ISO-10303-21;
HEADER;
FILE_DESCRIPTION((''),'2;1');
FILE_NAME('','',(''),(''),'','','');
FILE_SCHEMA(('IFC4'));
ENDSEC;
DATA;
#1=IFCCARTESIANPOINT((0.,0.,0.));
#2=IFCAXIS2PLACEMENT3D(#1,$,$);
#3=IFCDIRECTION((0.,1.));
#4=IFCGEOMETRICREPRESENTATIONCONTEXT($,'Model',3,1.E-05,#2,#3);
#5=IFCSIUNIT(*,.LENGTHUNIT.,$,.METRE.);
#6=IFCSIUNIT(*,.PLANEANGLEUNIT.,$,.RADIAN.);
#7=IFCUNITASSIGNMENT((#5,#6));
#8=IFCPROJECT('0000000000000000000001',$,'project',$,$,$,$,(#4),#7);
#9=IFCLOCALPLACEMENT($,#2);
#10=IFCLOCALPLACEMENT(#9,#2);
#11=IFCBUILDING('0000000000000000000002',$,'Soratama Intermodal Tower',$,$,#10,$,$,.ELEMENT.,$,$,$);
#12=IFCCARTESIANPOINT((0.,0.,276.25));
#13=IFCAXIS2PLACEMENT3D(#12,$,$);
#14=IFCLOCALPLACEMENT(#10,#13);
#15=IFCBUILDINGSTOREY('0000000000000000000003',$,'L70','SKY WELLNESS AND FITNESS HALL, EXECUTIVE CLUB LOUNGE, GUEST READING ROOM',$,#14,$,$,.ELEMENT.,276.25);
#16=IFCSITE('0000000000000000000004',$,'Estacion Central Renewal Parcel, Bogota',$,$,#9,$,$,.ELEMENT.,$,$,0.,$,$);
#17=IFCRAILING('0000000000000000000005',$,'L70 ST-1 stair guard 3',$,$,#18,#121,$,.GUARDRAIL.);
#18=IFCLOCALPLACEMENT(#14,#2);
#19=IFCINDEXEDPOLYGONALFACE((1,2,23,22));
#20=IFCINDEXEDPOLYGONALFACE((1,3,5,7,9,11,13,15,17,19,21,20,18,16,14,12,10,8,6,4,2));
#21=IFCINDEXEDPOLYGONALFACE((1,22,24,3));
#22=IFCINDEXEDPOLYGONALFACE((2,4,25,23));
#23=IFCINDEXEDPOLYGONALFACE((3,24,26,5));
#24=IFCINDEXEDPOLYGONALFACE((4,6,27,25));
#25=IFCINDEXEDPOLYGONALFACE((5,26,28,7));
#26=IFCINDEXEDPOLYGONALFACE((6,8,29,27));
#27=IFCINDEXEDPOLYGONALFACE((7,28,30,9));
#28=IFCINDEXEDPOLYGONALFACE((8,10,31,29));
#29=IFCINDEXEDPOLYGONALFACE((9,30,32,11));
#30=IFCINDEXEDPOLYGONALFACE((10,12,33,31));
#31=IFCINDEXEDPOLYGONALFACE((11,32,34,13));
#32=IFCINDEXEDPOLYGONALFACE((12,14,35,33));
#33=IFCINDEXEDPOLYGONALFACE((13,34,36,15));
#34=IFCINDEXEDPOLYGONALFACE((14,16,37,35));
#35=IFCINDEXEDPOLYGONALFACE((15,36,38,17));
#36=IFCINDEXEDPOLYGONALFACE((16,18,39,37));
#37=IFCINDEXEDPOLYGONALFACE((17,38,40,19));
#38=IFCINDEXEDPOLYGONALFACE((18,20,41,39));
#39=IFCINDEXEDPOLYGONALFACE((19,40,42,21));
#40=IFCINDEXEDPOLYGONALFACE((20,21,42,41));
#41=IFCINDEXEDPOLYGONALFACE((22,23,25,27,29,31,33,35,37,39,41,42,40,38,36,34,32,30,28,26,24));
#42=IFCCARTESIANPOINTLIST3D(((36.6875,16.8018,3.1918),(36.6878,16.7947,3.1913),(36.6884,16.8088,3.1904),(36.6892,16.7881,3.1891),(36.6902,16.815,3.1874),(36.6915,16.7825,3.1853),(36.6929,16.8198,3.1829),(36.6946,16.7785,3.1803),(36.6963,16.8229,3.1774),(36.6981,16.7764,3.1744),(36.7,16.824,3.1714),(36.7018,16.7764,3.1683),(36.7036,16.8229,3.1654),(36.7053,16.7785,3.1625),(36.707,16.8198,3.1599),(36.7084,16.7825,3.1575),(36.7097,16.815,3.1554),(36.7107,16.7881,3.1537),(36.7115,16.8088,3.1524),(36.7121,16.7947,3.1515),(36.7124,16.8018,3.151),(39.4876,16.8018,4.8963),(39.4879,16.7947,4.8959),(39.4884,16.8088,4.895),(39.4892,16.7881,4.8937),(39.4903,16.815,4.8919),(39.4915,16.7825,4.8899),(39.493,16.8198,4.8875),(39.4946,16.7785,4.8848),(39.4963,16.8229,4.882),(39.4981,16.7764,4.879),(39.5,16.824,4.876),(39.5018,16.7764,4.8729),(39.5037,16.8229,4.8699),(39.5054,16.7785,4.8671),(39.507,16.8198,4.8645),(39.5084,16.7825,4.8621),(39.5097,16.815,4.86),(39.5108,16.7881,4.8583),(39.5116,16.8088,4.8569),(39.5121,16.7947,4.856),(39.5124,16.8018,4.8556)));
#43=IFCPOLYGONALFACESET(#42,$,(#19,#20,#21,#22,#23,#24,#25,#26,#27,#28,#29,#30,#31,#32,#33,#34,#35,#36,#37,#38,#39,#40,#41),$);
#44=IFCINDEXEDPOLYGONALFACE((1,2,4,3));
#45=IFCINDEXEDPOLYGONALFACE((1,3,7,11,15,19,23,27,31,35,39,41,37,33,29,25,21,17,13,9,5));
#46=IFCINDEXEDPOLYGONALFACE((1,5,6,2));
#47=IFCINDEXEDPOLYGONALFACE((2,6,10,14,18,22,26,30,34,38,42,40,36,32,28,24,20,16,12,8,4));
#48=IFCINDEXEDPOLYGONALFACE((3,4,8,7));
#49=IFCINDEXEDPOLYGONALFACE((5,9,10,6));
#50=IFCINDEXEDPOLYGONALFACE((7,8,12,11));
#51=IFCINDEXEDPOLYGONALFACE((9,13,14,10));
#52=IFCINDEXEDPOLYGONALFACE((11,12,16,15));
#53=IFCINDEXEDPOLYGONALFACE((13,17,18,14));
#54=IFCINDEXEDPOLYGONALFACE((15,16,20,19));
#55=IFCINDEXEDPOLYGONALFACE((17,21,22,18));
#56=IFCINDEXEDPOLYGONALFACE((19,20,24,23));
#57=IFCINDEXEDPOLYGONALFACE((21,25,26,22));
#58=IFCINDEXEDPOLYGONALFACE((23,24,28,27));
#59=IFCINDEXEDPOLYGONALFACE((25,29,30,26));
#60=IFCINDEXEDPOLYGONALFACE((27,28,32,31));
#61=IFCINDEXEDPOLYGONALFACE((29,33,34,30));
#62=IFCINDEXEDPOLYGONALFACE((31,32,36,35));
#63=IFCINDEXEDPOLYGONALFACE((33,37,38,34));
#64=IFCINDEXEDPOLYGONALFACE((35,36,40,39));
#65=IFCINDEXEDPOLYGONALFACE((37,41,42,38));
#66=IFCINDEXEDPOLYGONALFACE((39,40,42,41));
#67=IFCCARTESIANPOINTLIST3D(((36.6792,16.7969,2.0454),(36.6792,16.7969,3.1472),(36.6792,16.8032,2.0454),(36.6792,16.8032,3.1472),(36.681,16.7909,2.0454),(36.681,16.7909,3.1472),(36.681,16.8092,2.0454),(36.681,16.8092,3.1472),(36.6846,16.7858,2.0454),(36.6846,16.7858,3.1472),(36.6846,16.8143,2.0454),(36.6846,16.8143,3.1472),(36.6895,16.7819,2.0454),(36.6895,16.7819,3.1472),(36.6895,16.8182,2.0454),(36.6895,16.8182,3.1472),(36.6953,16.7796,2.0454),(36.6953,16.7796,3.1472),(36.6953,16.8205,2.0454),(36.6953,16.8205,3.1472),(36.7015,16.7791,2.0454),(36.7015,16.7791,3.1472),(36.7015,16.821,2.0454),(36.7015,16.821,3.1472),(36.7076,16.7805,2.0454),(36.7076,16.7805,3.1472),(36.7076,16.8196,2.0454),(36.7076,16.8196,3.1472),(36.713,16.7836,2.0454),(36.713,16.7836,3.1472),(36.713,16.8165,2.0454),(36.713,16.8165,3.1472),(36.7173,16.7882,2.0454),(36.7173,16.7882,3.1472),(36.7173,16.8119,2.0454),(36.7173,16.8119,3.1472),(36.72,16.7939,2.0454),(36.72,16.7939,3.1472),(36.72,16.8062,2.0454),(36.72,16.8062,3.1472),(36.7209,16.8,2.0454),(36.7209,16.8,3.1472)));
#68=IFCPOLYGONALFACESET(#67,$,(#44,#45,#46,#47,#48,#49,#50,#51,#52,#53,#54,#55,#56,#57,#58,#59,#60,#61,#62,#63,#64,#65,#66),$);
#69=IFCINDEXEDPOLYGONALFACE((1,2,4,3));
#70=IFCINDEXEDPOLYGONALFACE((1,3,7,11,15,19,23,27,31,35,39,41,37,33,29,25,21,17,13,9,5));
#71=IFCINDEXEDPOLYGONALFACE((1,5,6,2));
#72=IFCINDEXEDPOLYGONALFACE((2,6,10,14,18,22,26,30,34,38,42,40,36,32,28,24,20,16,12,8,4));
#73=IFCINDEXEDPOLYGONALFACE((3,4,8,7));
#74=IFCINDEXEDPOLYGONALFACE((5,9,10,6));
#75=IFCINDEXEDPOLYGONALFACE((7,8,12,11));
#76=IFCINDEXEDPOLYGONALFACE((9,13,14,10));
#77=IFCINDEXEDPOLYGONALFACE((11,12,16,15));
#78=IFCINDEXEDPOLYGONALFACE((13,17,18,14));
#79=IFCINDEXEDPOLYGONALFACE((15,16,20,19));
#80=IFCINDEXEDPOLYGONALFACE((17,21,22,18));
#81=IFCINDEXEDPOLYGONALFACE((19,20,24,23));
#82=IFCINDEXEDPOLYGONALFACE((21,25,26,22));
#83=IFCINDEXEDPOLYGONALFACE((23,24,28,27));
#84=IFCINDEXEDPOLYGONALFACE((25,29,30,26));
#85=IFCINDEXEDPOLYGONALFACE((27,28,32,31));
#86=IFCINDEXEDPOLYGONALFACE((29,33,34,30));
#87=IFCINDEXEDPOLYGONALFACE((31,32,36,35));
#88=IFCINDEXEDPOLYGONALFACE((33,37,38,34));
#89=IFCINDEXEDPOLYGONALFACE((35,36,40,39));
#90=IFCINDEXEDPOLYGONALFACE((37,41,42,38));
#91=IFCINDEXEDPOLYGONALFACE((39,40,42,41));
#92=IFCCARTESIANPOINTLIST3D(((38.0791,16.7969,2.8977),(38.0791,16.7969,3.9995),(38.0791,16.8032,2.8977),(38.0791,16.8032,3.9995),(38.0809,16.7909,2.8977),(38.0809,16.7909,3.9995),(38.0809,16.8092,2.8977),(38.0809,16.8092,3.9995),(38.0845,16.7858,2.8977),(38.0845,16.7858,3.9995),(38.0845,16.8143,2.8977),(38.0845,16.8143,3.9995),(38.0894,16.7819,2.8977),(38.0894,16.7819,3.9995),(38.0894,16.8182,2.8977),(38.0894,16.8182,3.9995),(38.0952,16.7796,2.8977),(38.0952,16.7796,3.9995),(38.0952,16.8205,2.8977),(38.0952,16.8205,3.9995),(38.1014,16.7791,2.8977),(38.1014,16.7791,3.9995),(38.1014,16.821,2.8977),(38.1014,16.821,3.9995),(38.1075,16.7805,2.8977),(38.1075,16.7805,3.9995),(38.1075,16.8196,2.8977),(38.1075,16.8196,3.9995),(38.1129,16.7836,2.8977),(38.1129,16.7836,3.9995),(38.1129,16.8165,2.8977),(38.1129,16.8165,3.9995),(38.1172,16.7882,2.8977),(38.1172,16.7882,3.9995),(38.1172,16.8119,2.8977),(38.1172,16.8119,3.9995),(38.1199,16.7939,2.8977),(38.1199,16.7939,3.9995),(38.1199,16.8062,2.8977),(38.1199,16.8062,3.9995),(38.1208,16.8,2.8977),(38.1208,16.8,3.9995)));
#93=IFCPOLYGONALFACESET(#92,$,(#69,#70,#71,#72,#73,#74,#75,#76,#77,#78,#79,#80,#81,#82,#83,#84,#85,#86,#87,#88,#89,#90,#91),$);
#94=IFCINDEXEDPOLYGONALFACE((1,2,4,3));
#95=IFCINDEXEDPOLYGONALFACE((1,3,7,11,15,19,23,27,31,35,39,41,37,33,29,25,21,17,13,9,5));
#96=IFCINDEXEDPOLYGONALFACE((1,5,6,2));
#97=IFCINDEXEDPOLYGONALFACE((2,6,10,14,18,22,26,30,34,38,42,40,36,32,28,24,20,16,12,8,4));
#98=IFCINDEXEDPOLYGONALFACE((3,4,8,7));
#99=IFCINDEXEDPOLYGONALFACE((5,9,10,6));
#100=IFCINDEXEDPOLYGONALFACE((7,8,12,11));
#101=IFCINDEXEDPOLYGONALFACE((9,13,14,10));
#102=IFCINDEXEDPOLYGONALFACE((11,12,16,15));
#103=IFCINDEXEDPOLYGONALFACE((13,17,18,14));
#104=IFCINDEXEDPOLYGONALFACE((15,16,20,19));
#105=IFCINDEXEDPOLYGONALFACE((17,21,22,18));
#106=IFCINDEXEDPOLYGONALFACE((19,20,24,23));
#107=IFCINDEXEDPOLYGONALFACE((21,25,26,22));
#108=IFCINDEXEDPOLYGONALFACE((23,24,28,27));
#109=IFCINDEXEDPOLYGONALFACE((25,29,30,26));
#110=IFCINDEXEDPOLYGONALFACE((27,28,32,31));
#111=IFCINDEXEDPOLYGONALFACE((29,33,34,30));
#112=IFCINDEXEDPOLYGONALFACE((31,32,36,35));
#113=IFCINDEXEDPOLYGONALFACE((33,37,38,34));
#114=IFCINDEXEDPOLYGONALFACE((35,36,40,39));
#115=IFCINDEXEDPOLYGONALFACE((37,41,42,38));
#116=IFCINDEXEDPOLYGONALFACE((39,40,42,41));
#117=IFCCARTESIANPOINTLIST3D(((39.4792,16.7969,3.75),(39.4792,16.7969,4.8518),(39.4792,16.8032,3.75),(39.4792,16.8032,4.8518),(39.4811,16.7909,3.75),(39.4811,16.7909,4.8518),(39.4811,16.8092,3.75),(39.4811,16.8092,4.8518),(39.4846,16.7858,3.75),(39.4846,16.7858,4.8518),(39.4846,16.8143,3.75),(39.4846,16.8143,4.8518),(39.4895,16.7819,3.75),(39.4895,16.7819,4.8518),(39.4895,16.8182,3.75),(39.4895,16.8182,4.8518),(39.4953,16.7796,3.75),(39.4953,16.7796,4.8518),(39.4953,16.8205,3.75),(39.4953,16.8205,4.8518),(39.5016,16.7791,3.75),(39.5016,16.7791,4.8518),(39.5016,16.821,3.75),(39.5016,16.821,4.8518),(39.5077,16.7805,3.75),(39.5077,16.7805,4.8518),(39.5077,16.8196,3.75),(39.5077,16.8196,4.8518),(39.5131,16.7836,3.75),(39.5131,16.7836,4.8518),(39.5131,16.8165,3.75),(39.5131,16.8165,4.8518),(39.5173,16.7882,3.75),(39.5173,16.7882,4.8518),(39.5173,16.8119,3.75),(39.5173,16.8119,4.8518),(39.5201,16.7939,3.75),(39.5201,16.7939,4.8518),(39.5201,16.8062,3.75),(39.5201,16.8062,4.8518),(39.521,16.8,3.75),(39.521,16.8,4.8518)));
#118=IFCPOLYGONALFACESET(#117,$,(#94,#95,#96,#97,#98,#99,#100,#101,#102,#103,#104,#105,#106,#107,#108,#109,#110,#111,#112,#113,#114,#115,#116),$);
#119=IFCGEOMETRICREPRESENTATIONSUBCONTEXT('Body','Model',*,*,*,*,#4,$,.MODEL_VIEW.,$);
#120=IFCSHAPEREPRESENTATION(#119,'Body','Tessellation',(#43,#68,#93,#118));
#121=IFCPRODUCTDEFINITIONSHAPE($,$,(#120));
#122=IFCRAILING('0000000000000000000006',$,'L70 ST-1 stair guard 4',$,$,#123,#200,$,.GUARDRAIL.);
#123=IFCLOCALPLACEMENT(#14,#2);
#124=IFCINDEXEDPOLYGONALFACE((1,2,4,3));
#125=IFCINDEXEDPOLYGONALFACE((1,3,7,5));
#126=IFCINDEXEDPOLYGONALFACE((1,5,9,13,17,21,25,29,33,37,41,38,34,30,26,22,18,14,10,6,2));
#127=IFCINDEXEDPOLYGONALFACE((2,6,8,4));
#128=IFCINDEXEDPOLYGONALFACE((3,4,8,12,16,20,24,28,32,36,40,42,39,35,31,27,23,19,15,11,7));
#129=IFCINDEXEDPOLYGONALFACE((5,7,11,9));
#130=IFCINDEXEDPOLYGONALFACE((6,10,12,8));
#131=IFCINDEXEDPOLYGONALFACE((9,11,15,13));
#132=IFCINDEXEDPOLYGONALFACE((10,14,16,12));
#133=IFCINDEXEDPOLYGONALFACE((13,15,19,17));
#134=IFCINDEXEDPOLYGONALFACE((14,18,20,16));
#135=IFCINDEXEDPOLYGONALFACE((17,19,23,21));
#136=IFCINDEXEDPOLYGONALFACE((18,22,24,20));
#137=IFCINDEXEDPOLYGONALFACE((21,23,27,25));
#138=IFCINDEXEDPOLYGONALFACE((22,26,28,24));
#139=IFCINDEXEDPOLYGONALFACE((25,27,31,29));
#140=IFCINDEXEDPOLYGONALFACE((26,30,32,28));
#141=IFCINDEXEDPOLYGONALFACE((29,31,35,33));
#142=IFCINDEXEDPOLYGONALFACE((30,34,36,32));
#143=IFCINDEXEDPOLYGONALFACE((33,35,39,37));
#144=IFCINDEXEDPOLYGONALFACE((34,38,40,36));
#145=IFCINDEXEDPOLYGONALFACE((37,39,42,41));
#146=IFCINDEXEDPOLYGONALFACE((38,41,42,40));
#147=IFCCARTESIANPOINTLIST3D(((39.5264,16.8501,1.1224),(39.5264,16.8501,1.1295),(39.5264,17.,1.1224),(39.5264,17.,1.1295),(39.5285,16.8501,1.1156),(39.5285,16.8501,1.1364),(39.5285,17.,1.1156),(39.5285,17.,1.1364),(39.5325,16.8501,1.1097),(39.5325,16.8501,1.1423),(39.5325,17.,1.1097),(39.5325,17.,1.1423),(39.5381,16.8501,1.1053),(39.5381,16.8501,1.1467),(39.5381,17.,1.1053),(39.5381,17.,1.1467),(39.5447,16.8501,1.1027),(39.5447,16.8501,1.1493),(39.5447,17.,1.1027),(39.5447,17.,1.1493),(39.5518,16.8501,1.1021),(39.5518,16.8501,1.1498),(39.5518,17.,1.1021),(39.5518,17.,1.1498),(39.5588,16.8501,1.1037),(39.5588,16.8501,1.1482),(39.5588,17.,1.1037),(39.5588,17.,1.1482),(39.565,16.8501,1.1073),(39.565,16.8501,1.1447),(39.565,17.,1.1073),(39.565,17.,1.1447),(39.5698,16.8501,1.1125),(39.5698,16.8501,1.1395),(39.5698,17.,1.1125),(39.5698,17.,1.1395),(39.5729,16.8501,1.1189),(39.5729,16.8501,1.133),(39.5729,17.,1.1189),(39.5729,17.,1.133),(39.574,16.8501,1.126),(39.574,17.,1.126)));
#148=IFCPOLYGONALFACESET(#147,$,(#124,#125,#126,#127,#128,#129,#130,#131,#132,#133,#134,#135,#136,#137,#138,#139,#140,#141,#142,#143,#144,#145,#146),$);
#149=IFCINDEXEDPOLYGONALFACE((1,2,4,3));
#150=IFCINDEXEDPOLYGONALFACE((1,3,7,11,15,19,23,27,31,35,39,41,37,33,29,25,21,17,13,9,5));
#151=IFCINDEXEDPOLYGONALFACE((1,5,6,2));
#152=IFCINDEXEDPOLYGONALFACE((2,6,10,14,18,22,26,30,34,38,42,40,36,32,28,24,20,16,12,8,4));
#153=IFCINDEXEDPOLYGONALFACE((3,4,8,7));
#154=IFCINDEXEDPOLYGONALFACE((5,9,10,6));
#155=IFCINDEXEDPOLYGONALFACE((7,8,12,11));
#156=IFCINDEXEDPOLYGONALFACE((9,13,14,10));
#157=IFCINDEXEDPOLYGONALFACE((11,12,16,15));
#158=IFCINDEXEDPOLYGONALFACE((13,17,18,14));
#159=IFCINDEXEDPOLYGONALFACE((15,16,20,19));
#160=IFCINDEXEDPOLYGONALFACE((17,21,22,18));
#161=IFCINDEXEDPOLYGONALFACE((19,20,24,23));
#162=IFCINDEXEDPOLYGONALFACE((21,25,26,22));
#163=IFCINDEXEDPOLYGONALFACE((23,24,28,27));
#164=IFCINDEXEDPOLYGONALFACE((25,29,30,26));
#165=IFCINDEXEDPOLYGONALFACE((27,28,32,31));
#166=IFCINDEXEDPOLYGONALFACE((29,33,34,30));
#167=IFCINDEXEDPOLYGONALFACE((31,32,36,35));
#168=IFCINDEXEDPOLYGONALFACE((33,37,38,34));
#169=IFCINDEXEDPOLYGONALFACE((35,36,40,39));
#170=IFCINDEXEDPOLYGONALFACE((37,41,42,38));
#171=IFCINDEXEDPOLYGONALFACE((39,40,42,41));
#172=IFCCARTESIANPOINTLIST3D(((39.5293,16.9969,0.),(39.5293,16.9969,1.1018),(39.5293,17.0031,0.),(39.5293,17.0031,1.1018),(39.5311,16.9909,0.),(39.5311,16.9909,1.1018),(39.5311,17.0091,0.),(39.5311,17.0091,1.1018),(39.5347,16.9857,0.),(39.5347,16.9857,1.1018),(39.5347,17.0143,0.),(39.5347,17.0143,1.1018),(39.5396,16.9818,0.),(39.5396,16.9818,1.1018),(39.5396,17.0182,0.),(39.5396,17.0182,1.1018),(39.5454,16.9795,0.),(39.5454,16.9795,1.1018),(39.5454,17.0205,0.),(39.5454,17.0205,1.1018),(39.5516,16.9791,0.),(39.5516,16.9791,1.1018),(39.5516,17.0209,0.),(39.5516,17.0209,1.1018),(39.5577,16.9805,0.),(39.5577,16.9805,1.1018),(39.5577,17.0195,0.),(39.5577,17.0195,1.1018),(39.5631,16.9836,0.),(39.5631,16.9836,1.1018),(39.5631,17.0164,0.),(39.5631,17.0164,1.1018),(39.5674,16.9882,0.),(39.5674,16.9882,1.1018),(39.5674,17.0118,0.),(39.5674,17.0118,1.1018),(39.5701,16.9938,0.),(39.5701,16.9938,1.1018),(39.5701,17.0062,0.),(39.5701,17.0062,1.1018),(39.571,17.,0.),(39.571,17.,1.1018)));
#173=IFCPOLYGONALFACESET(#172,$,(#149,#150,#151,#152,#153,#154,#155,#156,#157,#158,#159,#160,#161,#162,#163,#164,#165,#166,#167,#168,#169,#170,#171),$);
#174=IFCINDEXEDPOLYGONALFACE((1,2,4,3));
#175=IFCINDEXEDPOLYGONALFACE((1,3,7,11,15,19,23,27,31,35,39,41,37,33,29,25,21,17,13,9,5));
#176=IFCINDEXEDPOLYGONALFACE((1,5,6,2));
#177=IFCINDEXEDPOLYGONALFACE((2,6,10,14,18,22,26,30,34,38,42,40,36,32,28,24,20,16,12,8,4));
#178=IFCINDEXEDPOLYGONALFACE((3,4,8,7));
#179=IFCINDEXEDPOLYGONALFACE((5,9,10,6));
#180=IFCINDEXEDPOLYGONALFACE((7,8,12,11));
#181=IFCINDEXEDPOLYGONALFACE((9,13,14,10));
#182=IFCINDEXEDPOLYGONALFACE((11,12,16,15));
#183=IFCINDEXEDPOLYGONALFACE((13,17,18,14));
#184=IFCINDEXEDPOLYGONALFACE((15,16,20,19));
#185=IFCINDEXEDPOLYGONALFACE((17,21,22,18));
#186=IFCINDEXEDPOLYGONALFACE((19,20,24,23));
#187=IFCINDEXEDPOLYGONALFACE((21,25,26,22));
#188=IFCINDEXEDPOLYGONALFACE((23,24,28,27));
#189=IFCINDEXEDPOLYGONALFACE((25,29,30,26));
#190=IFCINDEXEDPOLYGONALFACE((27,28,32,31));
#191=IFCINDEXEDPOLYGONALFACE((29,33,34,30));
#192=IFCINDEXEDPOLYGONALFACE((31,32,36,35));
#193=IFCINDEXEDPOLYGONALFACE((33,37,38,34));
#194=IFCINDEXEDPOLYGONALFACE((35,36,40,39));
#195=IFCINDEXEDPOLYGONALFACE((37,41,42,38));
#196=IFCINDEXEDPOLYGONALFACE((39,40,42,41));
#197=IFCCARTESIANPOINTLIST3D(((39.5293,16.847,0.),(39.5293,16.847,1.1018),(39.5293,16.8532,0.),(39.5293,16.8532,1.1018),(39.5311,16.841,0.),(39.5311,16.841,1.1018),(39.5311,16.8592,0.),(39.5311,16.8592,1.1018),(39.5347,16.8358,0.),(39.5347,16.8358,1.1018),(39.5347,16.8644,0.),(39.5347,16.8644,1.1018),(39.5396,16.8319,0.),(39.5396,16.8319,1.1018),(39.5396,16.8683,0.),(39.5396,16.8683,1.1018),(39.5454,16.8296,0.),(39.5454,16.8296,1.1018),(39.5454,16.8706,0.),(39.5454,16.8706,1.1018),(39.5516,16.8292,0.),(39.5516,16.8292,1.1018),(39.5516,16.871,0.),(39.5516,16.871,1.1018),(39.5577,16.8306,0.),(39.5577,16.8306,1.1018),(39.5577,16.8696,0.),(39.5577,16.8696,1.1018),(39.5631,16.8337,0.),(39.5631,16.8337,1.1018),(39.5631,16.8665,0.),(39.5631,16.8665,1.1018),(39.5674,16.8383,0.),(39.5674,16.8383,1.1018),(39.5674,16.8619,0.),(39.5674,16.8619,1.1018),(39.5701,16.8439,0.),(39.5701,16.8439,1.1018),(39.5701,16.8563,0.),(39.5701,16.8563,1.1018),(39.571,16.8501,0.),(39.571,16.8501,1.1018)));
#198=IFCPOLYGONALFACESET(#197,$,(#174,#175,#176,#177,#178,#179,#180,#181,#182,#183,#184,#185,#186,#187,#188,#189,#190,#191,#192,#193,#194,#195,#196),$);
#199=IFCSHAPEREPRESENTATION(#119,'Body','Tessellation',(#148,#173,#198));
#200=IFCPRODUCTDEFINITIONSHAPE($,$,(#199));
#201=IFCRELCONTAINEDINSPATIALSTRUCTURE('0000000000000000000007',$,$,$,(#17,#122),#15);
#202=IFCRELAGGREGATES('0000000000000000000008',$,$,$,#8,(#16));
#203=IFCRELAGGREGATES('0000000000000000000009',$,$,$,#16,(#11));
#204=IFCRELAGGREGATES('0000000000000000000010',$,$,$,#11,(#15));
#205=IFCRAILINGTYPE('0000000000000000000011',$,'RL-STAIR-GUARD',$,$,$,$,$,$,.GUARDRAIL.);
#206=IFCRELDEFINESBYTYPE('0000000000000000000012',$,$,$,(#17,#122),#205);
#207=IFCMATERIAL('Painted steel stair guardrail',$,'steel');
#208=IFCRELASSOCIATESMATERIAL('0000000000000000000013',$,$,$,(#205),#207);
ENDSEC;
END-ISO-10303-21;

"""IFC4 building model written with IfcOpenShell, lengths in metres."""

from ifc_helpers import new_model, si_unit, direction, frame, origin, origin_2d, place, context, subcontext, project, spatial, circle, extrude, material, type_object, element, save


model = new_model("IFC4")

# Units and contexts
model_context = context("Model", 3, precision=1e-05, world=origin(), true_north=direction((0.0, 1.0)))
body_context = subcontext(model_context, "Body", "Model", "MODEL_VIEW")
ifc_project = project(units=[si_unit("LENGTHUNIT", "METRE"), si_unit("PLANEANGLEUNIT", "RADIAN")], contexts=[model_context])

# Site, building, storey
site_placement = place(None, origin())
site = spatial("IfcSite", under=ifc_project, at=site_placement, Name="Estacion Central Renewal Parcel, Bogota", CompositionType="ELEMENT", RefElevation=0.0)
building_placement = place(site_placement, origin())
building = spatial("IfcBuilding", under=site, at=building_placement, Name="Soratama Intermodal Tower", CompositionType="ELEMENT")
storey_placement = place(building_placement, frame((0.0, 0.0, 276.25)))
storey = spatial("IfcBuildingStorey", under=building, at=storey_placement, Name="L70", Description="SKY WELLNESS AND FITNESS HALL, EXECUTIVE CLUB LOUNGE, GUEST READING ROOM", CompositionType="ELEMENT", Elevation=276.25)

# Railings
ifc_material_1 = material(Name="Painted steel stair guardrail", Category="steel")
railing_type_1 = type_object("IfcRailingType", Name="RL-STAIR-GUARD", PredefinedType="GUARDRAIL", material=ifc_material_1)
railing_1_placement = place(storey_placement, frame((36.7, 16.8, 2.0454)))
element("IfcRailing", 1, at=railing_1_placement, inside=storey, type_object=railing_type_1, Name="L70 ST-1 stair guard 3", PredefinedType="GUARDRAIL", context=body_context, shape_type="SweptSolid", body=[
    extrude(circle(Radius=0.0239, at=origin_2d()), frame((0.0, 0.0, 1.126), z_axis=(0.85417, 0.0, 0.519994), x_axis=(0.0, 1.0, 0.0)), (0.0, 0.0, 1.0), 3.2781),
    extrude(circle(Radius=0.021, at=origin_2d()), origin(), (0.0, 0.0, 1.0), 1.1018),
    extrude(circle(Radius=0.021, at=origin_2d()), frame((1.3999, 0.0, 0.8523)), (0.0, 0.0, 1.0), 1.1018),
    extrude(circle(Radius=0.021, at=origin_2d()), frame((2.8, 0.0, 1.7046)), (0.0, 0.0, 1.0), 1.1018),
])
railing_2_placement = place(storey_placement, frame((39.55, 17.0, 0.0)))
element("IfcRailing", 2, at=railing_2_placement, inside=storey, type_object=railing_type_1, Name="L70 ST-1 stair guard 4", PredefinedType="GUARDRAIL", context=body_context, shape_type="SweptSolid", body=[
    extrude(circle(Radius=0.0239, at=origin_2d()), frame((0.0, 0.0, 1.126), z_axis=(0.0, -1.0, 0.0), x_axis=(1.0, 0.0, 0.0)), (0.0, 0.0, 1.0), 0.1499),
    extrude(circle(Radius=0.021, at=origin_2d()), origin(), (0.0, 0.0, 1.0), 1.1018),
    extrude(circle(Radius=0.021, at=origin_2d()), frame((0.0, -0.1499, 0.0)), (0.0, 0.0, 1.0), 1.1018),
])

save(model, "model.ifc")
